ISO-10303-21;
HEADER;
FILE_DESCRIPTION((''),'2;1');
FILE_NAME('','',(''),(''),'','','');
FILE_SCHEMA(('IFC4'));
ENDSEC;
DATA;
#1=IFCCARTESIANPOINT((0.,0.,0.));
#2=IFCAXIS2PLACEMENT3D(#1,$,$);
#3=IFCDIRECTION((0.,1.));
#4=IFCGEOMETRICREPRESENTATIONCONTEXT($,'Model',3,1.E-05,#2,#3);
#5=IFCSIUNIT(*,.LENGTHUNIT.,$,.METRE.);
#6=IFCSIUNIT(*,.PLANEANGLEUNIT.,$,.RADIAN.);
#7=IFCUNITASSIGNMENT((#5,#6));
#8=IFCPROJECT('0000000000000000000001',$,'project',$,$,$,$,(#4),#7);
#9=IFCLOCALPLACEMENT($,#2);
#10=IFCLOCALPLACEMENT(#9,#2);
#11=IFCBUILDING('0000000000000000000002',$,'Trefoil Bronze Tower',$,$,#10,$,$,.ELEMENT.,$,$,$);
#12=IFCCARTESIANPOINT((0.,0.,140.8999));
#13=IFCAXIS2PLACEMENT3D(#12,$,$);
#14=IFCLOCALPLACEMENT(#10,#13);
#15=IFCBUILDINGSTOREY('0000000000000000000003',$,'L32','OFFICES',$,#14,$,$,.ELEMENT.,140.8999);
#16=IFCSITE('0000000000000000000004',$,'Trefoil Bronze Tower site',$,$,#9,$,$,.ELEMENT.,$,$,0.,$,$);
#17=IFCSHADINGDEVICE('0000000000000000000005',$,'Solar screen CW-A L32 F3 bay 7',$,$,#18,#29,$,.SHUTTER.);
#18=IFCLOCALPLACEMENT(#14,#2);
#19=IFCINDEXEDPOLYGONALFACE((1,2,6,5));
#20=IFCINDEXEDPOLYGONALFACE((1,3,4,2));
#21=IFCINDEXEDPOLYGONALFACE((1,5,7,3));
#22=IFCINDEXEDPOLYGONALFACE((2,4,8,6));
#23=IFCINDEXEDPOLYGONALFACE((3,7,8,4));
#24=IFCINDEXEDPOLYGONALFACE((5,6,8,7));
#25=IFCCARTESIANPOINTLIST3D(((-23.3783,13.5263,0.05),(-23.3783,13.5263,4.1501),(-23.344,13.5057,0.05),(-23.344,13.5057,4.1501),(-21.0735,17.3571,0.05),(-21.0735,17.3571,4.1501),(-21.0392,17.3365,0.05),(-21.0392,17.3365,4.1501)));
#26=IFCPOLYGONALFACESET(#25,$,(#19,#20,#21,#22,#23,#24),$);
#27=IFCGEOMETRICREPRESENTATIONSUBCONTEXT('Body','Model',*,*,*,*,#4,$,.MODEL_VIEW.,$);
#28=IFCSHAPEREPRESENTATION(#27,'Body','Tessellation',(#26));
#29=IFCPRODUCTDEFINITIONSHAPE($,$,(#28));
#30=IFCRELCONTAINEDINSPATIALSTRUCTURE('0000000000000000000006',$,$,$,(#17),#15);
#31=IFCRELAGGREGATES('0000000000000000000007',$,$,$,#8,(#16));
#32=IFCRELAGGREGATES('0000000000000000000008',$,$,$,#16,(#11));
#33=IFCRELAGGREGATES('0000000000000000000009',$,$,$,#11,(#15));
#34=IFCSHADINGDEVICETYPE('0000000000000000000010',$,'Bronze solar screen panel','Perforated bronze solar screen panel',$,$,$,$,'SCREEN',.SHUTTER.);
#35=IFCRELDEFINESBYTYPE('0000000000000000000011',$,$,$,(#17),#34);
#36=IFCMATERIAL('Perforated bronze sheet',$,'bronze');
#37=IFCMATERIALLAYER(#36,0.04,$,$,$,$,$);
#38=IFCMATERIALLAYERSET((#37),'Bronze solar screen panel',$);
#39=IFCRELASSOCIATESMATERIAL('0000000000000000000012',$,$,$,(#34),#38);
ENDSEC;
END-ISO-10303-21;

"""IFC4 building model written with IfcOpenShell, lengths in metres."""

from ifc_helpers import new_model, si_unit, direction, frame, origin, origin_2d, place, context, subcontext, project, spatial, rectangle, extrude, material, layer, layer_set, type_object, element, save


model = new_model("IFC4")

# Units and contexts
model_context = context("Model", 3, precision=1e-05, world=origin(), true_north=direction((0.0, 1.0)))
body_context = subcontext(model_context, "Body", "Model", "MODEL_VIEW")
ifc_project = project(units=[si_unit("LENGTHUNIT", "METRE"), si_unit("PLANEANGLEUNIT", "RADIAN")], contexts=[model_context])

# Site, building, storey
site_placement = place(None, origin())
site = spatial("IfcSite", under=ifc_project, at=site_placement, Name="Trefoil Bronze Tower site", CompositionType="ELEMENT", RefElevation=0.0)
building_placement = place(site_placement, origin())
building = spatial("IfcBuilding", under=site, at=building_placement, Name="Trefoil Bronze Tower", CompositionType="ELEMENT")
storey_placement = place(building_placement, frame((0.0, 0.0, 140.8999)))
storey = spatial("IfcBuildingStorey", under=building, at=storey_placement, Name="L32", Description="OFFICES", CompositionType="ELEMENT", Elevation=140.8999)

# Shading device
ifc_material_1 = material(Name="Perforated bronze sheet", Category="bronze")
ifc_layer_1 = layer(ifc_material_1, 0.04)
ifc_layer_set_1 = layer_set([ifc_layer_1], Name="Bronze solar screen panel")
shading_device_type = type_object("IfcShadingDeviceType", Name="Bronze solar screen panel", Description="Perforated bronze solar screen panel", ElementType="SCREEN", PredefinedType="SHUTTER", material=ifc_layer_set_1)
shading_device_1_placement = place(storey_placement, frame((-22.2087, 15.4314, 0.05), z_axis=(0.0, 0.0, 1.0), x_axis=(-0.515525, -0.856874, 0.0)))
element("IfcShadingDevice", 1, at=shading_device_1_placement, inside=storey, type_object=shading_device_type, Name="Solar screen CW-A L32 F3 bay 7", PredefinedType="SHUTTER", context=body_context, shape_type="SweptSolid", body=[
    extrude(rectangle(XDim=4.4707, YDim=0.04, at=origin_2d()), origin(), (0.0, 0.0, 1.0), 4.1001),
])

save(model, "model.ifc")
